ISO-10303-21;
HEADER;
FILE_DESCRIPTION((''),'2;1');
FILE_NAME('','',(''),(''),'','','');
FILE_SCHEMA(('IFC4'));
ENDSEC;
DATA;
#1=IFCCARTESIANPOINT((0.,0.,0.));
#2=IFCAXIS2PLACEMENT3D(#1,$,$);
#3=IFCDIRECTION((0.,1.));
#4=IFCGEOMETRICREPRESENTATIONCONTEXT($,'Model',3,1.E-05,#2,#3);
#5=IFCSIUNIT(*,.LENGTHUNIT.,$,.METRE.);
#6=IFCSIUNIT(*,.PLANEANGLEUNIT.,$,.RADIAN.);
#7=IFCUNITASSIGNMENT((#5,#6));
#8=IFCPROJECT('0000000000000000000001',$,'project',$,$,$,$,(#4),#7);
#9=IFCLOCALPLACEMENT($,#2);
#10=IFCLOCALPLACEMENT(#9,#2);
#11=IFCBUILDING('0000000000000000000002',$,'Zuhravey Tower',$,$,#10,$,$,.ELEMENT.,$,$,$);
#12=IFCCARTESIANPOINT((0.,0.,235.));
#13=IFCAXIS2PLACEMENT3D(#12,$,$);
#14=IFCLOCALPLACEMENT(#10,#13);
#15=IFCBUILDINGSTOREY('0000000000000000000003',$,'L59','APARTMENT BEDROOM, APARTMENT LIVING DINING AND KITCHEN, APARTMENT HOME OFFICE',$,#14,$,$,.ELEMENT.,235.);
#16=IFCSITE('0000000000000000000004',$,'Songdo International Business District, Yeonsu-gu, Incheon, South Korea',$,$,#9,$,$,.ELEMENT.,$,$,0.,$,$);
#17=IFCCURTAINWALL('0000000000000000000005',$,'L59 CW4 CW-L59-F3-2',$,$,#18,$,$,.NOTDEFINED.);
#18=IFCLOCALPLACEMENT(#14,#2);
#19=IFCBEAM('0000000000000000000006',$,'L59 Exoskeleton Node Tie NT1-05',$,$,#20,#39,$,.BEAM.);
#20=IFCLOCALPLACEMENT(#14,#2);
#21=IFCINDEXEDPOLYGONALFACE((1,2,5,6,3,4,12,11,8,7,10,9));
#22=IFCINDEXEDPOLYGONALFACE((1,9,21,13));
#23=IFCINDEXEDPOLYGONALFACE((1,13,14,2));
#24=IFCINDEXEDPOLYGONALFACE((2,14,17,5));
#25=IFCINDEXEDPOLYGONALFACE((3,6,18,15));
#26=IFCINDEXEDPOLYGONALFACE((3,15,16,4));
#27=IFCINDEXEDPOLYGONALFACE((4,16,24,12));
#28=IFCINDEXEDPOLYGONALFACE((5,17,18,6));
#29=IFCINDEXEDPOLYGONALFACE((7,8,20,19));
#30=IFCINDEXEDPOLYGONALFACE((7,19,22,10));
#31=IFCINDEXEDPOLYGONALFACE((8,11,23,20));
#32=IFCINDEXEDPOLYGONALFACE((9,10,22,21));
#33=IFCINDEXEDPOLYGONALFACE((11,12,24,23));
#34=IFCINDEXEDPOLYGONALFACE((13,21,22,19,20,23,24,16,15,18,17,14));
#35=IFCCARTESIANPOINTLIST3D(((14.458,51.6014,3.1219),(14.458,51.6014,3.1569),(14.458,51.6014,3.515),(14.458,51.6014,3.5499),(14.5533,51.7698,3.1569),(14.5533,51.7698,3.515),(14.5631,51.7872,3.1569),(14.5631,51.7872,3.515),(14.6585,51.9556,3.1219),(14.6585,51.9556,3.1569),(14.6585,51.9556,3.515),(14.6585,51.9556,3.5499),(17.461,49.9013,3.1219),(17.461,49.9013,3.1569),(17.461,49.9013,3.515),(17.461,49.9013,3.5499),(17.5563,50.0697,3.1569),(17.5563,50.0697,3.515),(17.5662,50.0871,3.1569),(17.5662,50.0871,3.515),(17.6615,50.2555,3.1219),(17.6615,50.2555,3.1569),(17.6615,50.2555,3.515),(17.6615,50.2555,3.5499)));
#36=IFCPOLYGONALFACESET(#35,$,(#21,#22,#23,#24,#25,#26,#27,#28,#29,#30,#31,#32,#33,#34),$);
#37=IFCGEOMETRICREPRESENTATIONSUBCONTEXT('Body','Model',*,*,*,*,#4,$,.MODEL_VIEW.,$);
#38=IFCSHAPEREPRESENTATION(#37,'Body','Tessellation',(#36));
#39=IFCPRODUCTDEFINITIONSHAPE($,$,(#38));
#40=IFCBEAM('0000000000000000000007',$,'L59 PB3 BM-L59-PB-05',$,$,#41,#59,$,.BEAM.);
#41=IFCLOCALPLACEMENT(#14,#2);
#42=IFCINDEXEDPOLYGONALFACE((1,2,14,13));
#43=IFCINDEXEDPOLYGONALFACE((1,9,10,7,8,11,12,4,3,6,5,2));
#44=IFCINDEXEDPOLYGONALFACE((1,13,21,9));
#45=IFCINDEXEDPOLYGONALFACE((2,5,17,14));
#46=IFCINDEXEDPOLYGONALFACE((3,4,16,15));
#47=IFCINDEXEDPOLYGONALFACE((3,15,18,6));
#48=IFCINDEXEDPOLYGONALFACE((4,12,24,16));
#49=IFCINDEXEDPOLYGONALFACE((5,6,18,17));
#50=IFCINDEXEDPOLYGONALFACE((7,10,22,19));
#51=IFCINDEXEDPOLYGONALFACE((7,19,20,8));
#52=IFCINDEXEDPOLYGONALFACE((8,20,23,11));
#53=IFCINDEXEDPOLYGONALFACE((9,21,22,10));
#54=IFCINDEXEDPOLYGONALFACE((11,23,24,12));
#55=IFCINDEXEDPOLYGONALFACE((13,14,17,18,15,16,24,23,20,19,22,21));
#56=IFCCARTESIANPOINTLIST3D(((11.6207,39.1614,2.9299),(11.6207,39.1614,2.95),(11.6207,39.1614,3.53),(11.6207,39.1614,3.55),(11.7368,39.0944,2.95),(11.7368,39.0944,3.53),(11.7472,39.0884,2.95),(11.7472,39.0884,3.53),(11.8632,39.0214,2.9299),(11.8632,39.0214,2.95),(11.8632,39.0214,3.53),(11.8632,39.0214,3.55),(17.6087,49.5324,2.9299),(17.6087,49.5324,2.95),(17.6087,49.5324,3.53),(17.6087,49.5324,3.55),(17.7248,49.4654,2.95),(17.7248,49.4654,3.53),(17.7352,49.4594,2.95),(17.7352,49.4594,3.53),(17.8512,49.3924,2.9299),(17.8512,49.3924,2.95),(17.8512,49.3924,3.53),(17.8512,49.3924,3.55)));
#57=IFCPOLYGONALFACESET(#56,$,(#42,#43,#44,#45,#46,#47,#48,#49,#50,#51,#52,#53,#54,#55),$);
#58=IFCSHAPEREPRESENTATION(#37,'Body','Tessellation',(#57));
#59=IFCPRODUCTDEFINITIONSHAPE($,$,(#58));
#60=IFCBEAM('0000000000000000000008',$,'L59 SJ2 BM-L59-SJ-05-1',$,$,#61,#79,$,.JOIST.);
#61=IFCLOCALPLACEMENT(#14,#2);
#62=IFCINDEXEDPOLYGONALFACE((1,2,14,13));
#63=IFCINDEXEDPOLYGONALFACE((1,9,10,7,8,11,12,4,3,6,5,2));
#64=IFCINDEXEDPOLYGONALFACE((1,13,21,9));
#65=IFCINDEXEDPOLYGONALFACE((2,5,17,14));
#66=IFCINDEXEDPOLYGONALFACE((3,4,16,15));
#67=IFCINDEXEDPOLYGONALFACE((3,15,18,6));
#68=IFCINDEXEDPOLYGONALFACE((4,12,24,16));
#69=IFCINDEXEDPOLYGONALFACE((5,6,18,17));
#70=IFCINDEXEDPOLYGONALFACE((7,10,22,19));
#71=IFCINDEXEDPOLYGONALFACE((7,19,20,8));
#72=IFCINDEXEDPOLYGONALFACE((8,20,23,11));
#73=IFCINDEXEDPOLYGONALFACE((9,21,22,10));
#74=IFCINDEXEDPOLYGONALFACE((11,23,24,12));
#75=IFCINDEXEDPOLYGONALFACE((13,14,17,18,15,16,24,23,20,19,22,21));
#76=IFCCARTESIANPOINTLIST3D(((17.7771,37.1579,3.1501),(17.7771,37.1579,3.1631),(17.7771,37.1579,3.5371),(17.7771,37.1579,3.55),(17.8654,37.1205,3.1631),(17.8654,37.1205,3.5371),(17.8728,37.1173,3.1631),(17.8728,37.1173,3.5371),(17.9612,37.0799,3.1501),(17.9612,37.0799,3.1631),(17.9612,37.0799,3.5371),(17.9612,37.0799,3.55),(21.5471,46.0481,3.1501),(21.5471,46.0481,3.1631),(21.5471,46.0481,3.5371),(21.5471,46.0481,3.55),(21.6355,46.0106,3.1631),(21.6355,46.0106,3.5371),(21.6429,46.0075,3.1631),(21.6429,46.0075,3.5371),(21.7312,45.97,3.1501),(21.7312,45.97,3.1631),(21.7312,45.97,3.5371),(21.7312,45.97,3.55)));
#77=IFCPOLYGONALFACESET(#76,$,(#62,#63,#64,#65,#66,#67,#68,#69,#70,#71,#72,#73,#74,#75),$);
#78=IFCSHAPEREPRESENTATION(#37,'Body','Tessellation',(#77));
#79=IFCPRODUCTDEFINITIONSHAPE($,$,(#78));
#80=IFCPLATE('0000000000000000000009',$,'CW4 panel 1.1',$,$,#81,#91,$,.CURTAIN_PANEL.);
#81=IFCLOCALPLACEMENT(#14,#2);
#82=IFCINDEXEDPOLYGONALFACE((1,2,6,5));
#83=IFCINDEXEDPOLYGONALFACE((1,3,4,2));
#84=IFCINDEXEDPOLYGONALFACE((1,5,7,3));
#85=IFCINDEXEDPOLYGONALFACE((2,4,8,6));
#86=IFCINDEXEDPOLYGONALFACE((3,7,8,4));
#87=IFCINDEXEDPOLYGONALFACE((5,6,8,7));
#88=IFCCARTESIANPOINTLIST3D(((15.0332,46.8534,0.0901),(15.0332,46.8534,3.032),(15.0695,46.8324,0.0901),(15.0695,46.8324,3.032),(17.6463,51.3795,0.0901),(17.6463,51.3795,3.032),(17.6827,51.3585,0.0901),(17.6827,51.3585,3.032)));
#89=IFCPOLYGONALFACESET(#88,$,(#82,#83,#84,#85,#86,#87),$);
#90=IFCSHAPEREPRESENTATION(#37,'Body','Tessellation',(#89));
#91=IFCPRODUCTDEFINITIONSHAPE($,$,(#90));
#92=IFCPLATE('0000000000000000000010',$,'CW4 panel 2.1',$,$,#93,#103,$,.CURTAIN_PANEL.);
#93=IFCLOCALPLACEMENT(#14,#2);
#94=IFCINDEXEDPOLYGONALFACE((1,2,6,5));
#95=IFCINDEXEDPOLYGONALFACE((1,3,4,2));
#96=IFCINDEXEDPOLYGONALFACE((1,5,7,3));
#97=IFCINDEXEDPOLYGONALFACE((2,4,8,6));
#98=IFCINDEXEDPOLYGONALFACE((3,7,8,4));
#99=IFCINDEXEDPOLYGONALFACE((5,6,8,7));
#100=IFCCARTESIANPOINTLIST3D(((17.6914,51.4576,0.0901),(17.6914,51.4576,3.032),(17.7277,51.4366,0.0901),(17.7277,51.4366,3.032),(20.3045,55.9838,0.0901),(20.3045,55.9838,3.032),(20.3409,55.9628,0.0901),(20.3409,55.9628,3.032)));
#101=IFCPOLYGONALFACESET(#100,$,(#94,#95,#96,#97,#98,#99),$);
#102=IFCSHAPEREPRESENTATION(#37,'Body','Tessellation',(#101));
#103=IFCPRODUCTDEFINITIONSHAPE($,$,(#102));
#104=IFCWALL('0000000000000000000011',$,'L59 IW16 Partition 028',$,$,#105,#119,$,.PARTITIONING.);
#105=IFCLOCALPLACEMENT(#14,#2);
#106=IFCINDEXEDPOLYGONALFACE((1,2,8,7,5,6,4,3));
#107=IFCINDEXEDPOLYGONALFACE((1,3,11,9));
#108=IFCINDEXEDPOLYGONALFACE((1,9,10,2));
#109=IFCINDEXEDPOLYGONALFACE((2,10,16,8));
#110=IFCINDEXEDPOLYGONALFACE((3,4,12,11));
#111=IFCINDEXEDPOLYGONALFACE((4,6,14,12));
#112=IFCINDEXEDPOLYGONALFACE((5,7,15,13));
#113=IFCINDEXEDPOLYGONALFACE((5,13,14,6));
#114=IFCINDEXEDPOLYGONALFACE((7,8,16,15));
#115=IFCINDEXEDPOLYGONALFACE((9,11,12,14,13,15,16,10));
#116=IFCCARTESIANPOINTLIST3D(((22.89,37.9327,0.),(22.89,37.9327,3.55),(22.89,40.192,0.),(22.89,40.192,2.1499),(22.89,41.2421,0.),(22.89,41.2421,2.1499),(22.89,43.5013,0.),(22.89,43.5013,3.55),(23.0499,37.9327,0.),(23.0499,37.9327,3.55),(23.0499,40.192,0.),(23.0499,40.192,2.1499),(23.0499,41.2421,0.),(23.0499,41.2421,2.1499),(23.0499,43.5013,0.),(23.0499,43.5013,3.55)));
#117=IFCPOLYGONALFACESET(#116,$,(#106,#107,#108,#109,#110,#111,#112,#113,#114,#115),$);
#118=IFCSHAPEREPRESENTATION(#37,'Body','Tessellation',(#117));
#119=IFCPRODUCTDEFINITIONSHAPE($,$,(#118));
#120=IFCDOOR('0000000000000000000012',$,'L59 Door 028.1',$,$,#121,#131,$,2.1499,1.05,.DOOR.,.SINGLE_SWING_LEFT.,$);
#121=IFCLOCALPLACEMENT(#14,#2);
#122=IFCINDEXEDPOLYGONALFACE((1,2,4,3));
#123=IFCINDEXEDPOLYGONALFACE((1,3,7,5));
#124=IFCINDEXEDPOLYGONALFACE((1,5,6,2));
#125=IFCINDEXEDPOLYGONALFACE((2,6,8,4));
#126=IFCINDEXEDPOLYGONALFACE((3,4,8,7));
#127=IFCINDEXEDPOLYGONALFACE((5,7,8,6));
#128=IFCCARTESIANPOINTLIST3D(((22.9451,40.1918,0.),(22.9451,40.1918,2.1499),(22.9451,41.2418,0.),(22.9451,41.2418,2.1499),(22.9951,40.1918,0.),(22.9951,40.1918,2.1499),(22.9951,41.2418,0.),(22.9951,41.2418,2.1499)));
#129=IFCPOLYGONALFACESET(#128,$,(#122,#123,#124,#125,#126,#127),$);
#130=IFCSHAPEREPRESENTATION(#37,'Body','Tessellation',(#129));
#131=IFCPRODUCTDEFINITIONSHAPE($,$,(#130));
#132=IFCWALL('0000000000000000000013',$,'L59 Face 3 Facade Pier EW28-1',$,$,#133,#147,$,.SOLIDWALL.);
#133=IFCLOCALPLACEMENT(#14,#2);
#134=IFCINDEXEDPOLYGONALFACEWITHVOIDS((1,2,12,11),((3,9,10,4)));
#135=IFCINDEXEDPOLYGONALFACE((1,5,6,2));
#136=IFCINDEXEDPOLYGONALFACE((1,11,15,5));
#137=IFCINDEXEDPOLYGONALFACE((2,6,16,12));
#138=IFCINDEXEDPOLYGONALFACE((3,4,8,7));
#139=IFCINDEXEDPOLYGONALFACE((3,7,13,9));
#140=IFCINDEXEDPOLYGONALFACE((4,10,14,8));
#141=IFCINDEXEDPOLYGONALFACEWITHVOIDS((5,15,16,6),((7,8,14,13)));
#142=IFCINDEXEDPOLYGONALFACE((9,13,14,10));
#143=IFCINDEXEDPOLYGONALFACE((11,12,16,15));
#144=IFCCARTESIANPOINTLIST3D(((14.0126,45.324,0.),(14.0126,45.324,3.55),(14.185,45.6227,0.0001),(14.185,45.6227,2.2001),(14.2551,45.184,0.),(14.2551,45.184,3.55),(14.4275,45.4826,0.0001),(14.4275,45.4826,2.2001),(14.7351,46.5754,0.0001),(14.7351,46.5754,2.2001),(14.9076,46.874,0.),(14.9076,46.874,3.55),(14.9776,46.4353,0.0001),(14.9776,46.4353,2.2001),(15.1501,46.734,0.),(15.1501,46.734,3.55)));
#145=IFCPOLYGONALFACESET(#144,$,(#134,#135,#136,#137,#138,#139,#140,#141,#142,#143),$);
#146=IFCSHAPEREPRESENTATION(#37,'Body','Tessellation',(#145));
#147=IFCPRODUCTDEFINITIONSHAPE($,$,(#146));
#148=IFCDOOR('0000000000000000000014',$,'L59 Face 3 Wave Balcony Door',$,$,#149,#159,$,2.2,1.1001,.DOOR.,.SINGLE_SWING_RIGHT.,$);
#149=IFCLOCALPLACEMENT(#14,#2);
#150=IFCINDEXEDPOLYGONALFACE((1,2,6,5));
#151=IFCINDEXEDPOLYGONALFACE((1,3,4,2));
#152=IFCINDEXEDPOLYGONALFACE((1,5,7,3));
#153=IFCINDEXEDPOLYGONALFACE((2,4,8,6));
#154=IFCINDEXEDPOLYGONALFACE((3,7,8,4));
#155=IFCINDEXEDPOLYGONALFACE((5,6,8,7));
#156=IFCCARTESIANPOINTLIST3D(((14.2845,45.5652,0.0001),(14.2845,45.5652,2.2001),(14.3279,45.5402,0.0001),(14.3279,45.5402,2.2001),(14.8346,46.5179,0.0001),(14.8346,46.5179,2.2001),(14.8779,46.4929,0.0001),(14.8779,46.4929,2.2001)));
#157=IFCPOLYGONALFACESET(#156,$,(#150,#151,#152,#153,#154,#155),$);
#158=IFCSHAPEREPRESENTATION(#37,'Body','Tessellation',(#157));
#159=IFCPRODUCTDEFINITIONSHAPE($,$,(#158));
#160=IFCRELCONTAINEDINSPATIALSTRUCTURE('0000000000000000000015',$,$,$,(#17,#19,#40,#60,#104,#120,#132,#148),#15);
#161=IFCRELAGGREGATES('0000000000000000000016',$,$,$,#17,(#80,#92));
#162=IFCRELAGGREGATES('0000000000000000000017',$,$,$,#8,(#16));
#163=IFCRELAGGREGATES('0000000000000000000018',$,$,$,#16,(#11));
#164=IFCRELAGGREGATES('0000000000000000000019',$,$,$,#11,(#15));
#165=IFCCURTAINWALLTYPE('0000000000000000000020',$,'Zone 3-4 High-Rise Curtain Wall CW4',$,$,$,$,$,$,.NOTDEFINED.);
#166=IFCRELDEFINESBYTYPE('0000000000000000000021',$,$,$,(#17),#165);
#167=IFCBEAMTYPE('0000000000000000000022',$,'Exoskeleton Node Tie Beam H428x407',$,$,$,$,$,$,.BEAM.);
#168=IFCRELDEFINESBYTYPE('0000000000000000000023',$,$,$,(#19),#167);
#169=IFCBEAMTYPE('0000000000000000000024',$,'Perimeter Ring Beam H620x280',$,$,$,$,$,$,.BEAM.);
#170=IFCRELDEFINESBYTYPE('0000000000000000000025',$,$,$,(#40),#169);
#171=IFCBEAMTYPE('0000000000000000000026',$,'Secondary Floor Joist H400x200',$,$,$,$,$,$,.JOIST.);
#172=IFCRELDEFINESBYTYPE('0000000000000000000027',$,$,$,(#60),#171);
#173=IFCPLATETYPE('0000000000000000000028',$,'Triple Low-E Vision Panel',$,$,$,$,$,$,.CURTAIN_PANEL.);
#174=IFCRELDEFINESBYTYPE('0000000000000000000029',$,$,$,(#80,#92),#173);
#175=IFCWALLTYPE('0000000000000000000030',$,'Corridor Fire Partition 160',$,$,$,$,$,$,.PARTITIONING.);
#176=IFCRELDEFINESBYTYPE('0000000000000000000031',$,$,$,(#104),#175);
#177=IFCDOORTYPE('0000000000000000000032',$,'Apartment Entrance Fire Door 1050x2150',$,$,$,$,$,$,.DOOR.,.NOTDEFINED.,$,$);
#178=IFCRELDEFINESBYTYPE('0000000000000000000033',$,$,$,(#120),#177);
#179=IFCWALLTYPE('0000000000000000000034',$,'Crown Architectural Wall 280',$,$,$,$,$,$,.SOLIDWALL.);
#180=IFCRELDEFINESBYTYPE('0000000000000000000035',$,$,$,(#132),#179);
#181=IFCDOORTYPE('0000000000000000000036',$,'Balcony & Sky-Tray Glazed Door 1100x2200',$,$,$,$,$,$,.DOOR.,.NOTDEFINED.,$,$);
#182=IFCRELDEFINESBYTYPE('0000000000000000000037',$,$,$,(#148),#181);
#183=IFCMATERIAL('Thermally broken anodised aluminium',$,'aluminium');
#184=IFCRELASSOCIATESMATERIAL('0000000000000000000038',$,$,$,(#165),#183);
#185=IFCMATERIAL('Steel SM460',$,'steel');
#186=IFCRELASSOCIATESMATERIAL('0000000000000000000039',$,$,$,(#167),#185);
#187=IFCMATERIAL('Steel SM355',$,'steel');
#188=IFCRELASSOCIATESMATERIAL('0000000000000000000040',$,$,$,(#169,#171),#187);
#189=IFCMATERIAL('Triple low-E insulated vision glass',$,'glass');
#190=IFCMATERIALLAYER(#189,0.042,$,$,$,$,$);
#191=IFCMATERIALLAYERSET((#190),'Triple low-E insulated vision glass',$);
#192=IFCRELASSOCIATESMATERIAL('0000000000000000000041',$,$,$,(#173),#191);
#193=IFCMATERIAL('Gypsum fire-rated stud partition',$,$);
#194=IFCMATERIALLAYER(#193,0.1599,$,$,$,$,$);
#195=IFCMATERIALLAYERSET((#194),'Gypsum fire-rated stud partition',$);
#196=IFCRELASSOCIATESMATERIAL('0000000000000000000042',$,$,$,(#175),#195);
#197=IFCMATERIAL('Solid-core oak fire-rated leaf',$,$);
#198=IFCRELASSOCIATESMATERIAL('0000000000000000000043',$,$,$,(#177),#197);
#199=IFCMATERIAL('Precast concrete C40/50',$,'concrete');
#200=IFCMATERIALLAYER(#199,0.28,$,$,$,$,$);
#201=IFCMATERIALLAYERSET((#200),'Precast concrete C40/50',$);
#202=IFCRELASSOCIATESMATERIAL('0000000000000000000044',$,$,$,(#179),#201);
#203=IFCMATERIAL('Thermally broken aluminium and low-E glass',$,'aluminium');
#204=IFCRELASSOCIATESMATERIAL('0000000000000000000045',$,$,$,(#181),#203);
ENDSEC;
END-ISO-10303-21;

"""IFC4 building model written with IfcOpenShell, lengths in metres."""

from ifc_helpers import new_model, si_unit, direction, frame, frame_2d, origin, origin_2d, place, context, subcontext, project, spatial, rectangle, i_section, extrude, material, layer, layer_set, material_profile, profile_set, type_object, element, fill, aggregate, save


model = new_model("IFC4")

# Units and contexts
model_context = context("Model", 3, precision=1e-05, world=origin(), true_north=direction((0.0, 1.0)))
body_context = subcontext(model_context, "Body", "Model", "MODEL_VIEW")
ifc_project = project(units=[si_unit("LENGTHUNIT", "METRE"), si_unit("PLANEANGLEUNIT", "RADIAN")], contexts=[model_context])

# Site, building, storey
site_placement = place(None, origin())
site = spatial("IfcSite", under=ifc_project, at=site_placement, Name="Songdo International Business District, Yeonsu-gu, Incheon, South Korea", CompositionType="ELEMENT", RefElevation=0.0)
building_placement = place(site_placement, origin())
building = spatial("IfcBuilding", under=site, at=building_placement, Name="Zuhravey Tower", CompositionType="ELEMENT")
storey_placement = place(building_placement, frame((0.0, 0.0, 235.0)))
storey = spatial("IfcBuildingStorey", under=building, at=storey_placement, Name="L59", Description="APARTMENT BEDROOM, APARTMENT LIVING DINING AND KITCHEN, APARTMENT HOME OFFICE", CompositionType="ELEMENT", Elevation=235.0)

# Shared definitions
ifc_material_1 = material(Name="Thermally broken anodised aluminium", Category="aluminium")
curtain_wall_type = type_object("IfcCurtainWallType", Name="Zone 3-4 High-Rise Curtain Wall CW4", PredefinedType="NOTDEFINED", material=ifc_material_1)

# Curtain wall
curtain_wall_1_placement = place(storey_placement, origin())
curtain_wall_1 = element("IfcCurtainWall", 1, at=curtain_wall_1_placement, inside=storey, type_object=curtain_wall_type, Name="L59 CW4 CW-L59-F3-2", PredefinedType="NOTDEFINED")

# Beams
ifc_material_2 = material(Name="Steel SM460", Category="steel")
ifc_material_profile_1 = material_profile(ifc_material_2, i_section(OverallWidth=0.407, OverallDepth=0.428, WebThickness=0.02, FlangeThickness=0.0349, at=origin_2d()), Name="H-428x407x20x35")
ifc_profile_set_1 = profile_set([ifc_material_profile_1], Name="Steel SM460")
beam_type_1 = type_object("IfcBeamType", Name="Exoskeleton Node Tie Beam H428x407", PredefinedType="BEAM", material=ifc_profile_set_1)
beam_1_placement = place(storey_placement, frame((17.5613, 50.0784, 3.3359), z_axis=(-0.870221, 0.492661, 0.0), x_axis=(-0.492661, -0.870221, 0.0)))
element("IfcBeam", 2, at=beam_1_placement, inside=storey, type_object=beam_type_1, Name="L59 Exoskeleton Node Tie NT1-05", PredefinedType="BEAM", context=body_context, shape_type="SweptSolid", body=[
    extrude(i_section(OverallWidth=0.407, OverallDepth=0.428, WebThickness=0.02, FlangeThickness=0.0349, at=origin_2d()), origin(), (0.0, 0.0, 1.0), 3.4509),
])
ifc_material_3 = material(Name="Steel SM355", Category="steel")
ifc_material_profile_2 = material_profile(ifc_material_3, i_section(OverallWidth=0.28, OverallDepth=0.6201, WebThickness=0.012, FlangeThickness=0.02, at=origin_2d()), Name="H-620x280x12x20")
ifc_profile_set_2 = profile_set([ifc_material_profile_2], Name="Steel SM355")
beam_type_2 = type_object("IfcBeamType", Name="Perimeter Ring Beam H620x280", PredefinedType="BEAM", material=ifc_profile_set_2)
beam_2_placement = place(storey_placement, frame((17.73, 49.4624, 3.24), z_axis=(-0.500018, -0.866015, 0.0), x_axis=(0.866015, -0.500018, 0.0)))
element("IfcBeam", 3, at=beam_2_placement, inside=storey, type_object=beam_type_2, Name="L59 PB3 BM-L59-PB-05", PredefinedType="BEAM", context=body_context, shape_type="SweptSolid", body=[
    extrude(i_section(OverallWidth=0.28, OverallDepth=0.6201, WebThickness=0.012, FlangeThickness=0.02, at=origin_2d()), origin(), (0.0, 0.0, 1.0), 11.9756),
])
ifc_material_profile_3 = material_profile(ifc_material_3, i_section(OverallWidth=0.2, OverallDepth=0.3999, WebThickness=0.0081, FlangeThickness=0.0129, at=origin_2d()), Name="H-400x200x8x13")
ifc_profile_set_3 = profile_set([ifc_material_profile_3], Name="Steel SM355")
beam_type_3 = type_object("IfcBeamType", Name="Secondary Floor Joist H400x200", PredefinedType="JOIST", material=ifc_profile_set_3)
beam_3_placement = place(storey_placement, frame((21.6392, 46.009, 3.3501), z_axis=(-0.390413, -0.92064, 0.0), x_axis=(0.92064, -0.390413, 0.0)))
element("IfcBeam", 4, at=beam_3_placement, inside=storey, type_object=beam_type_3, Name="L59 SJ2 BM-L59-SJ-05-1", PredefinedType="JOIST", context=body_context, shape_type="SweptSolid", body=[
    extrude(i_section(OverallWidth=0.2, OverallDepth=0.3999, WebThickness=0.0081, FlangeThickness=0.0129, at=origin_2d()), origin(), (0.0, 0.0, 1.0), 9.6565),
])

# Plates
ifc_material_4 = material(Name="Triple low-E insulated vision glass", Category="glass")
ifc_layer_1 = layer(ifc_material_4, 0.042)
ifc_layer_set_1 = layer_set([ifc_layer_1], Name="Triple low-E insulated vision glass")
plate_type = type_object("IfcPlateType", Name="Triple Low-E Vision Panel", PredefinedType="CURTAIN_PANEL", material=ifc_layer_set_1)
plate_1_placement = place(storey_placement, frame((16.3579, 49.106, 0.0901), z_axis=(0.0, 0.0, 1.0), x_axis=(0.499998, 0.866027, 0.0)))
plate_1 = element("IfcPlate", 5, at=plate_1_placement, type_object=plate_type, Name="CW4 panel 1.1", PredefinedType="CURTAIN_PANEL", context=body_context, shape_type="SweptSolid", body=[
    extrude(rectangle(XDim=5.2263, YDim=0.042, at=origin_2d()), origin(), (0.0, 0.0, 1.0), 2.9419),
])
plate_2_placement = place(storey_placement, frame((19.0161, 53.7102, 0.0901), z_axis=(0.0, 0.0, 1.0), x_axis=(0.499998, 0.866027, 0.0)))
plate_2 = element("IfcPlate", 6, at=plate_2_placement, type_object=plate_type, Name="CW4 panel 2.1", PredefinedType="CURTAIN_PANEL", context=body_context, shape_type="SweptSolid", body=[
    extrude(rectangle(XDim=5.2263, YDim=0.042, at=origin_2d()), origin(), (0.0, 0.0, 1.0), 2.9419),
])
aggregate(curtain_wall_1, [plate_1, plate_2])

# Walls, openings, doors
ifc_material_5 = material(Name="Gypsum fire-rated stud partition")
ifc_layer_2 = layer(ifc_material_5, 0.1599)
ifc_layer_set_2 = layer_set([ifc_layer_2], Name="Gypsum fire-rated stud partition")
wall_type_1 = type_object("IfcWallType", Name="Corridor Fire Partition 160", PredefinedType="PARTITIONING", material=ifc_layer_set_2)
wall_1_placement = place(storey_placement, frame((22.97, 43.5012, 0.0), z_axis=(0.0, 0.0, 1.0), x_axis=(0.0, -1.0, 0.0)))
wall_1 = element("IfcWall", 7, at=wall_1_placement, inside=storey, type_object=wall_type_1, Name="L59 IW16 Partition 028", PredefinedType="PARTITIONING", context=body_context, shape_type="SweptSolid", body=[
    extrude(rectangle(XDim=5.5686, YDim=0.1599, at=frame_2d((2.7842, 0.0))), origin(), (0.0, 0.0, 1.0), 3.55),
])
opening_1_placement = place(wall_1_placement, frame((2.2593, 0.0, 0.0)))
opening_1 = element("IfcOpeningElement", 8, at=opening_1_placement, cuts=wall_1, PredefinedType="OPENING", context=body_context, shape_type="SweptSolid", body=[
    extrude(rectangle(XDim=1.05, YDim=2.1499, at=frame_2d((0.5249, 1.075))), frame((0.0, 0.092, 0.0), z_axis=(0.0, -1.0, 0.0), x_axis=(1.0, 0.0, 0.0)), (0.0, 0.0, 1.0), 0.1838),
])
ifc_material_6 = material(Name="Solid-core oak fire-rated leaf")
door_type_1 = type_object("IfcDoorType", Name="Apartment Entrance Fire Door 1050x2150", OperationType="NOTDEFINED", PredefinedType="DOOR", material=ifc_material_6)
door_1_placement = place(opening_1_placement, frame((1.05, 0.0, 0.0), z_axis=(0.0, 0.0, 1.0), x_axis=(-1.0, 0.0, 0.0)))
door_1 = element("IfcDoor", 9, at=door_1_placement, inside=storey, type_object=door_type_1, Name="L59 Door 028.1", OperationType="SINGLE_SWING_LEFT", OverallHeight=2.1499, OverallWidth=1.05, PredefinedType="DOOR", context=body_context, shape_type="SweptSolid", body=[
    extrude(rectangle(XDim=1.05, YDim=2.1499, at=frame_2d((0.5249, 1.075))), frame((0.0, 0.0249, 0.0), z_axis=(0.0, -1.0, 0.0), x_axis=(1.0, 0.0, 0.0)), (0.0, 0.0, 1.0), 0.05),
])
fill(opening_1, door_1)
ifc_material_7 = material(Name="Precast concrete C40/50", Category="concrete")
ifc_layer_3 = layer(ifc_material_7, 0.28)
ifc_layer_set_3 = layer_set([ifc_layer_3], Name="Precast concrete C40/50")
wall_type_2 = type_object("IfcWallType", Name="Crown Architectural Wall 280", PredefinedType="SOLIDWALL", material=ifc_layer_set_3)
wall_2_placement = place(storey_placement, frame((14.1338, 45.2539, 0.0), z_axis=(0.0, 0.0, 1.0), x_axis=(0.500041, 0.866002, 0.0)))
wall_2 = element("IfcWall", 10, at=wall_2_placement, inside=storey, type_object=wall_type_2, Name="L59 Face 3 Facade Pier EW28-1", PredefinedType="SOLIDWALL", context=body_context, shape_type="SweptSolid", body=[
    extrude(rectangle(XDim=1.7898, YDim=0.28, at=frame_2d((0.895, 0.0))), origin(), (0.0, 0.0, 1.0), 3.55),
])
opening_2_placement = place(wall_2_placement, frame((0.345, 0.0, 0.0)))
opening_2 = element("IfcOpeningElement", 11, at=opening_2_placement, cuts=wall_2, PredefinedType="OPENING", context=body_context, shape_type="SweptSolid", body=[
    extrude(rectangle(XDim=1.1001, YDim=2.2, at=frame_2d((0.55, 1.1001))), frame((0.0, 0.1521, 0.0), z_axis=(0.0, -1.0, 0.0), x_axis=(1.0, 0.0, 0.0)), (0.0, 0.0, 1.0), 0.304),
])
ifc_material_8 = material(Name="Thermally broken aluminium and low-E glass", Category="aluminium")
door_type_2 = type_object("IfcDoorType", Name="Balcony & Sky-Tray Glazed Door 1100x2200", OperationType="NOTDEFINED", PredefinedType="DOOR", material=ifc_material_8)
door_2_placement = place(opening_2_placement, frame((1.1001, 0.0, 0.0), z_axis=(0.0, 0.0, 1.0), x_axis=(-1.0, 0.0, 0.0)))
door_2 = element("IfcDoor", 12, at=door_2_placement, inside=storey, type_object=door_type_2, Name="L59 Face 3 Wave Balcony Door", OperationType="SINGLE_SWING_RIGHT", OverallHeight=2.2, OverallWidth=1.1001, PredefinedType="DOOR", context=body_context, shape_type="SweptSolid", body=[
    extrude(rectangle(XDim=1.1001, YDim=2.2, at=frame_2d((0.55, 1.1001))), frame((0.0, 0.0249, 0.0), z_axis=(0.0, -1.0, 0.0), x_axis=(1.0, 0.0, 0.0)), (0.0, 0.0, 1.0), 0.05),
])
fill(opening_2, door_2)

save(model, "model.ifc")
